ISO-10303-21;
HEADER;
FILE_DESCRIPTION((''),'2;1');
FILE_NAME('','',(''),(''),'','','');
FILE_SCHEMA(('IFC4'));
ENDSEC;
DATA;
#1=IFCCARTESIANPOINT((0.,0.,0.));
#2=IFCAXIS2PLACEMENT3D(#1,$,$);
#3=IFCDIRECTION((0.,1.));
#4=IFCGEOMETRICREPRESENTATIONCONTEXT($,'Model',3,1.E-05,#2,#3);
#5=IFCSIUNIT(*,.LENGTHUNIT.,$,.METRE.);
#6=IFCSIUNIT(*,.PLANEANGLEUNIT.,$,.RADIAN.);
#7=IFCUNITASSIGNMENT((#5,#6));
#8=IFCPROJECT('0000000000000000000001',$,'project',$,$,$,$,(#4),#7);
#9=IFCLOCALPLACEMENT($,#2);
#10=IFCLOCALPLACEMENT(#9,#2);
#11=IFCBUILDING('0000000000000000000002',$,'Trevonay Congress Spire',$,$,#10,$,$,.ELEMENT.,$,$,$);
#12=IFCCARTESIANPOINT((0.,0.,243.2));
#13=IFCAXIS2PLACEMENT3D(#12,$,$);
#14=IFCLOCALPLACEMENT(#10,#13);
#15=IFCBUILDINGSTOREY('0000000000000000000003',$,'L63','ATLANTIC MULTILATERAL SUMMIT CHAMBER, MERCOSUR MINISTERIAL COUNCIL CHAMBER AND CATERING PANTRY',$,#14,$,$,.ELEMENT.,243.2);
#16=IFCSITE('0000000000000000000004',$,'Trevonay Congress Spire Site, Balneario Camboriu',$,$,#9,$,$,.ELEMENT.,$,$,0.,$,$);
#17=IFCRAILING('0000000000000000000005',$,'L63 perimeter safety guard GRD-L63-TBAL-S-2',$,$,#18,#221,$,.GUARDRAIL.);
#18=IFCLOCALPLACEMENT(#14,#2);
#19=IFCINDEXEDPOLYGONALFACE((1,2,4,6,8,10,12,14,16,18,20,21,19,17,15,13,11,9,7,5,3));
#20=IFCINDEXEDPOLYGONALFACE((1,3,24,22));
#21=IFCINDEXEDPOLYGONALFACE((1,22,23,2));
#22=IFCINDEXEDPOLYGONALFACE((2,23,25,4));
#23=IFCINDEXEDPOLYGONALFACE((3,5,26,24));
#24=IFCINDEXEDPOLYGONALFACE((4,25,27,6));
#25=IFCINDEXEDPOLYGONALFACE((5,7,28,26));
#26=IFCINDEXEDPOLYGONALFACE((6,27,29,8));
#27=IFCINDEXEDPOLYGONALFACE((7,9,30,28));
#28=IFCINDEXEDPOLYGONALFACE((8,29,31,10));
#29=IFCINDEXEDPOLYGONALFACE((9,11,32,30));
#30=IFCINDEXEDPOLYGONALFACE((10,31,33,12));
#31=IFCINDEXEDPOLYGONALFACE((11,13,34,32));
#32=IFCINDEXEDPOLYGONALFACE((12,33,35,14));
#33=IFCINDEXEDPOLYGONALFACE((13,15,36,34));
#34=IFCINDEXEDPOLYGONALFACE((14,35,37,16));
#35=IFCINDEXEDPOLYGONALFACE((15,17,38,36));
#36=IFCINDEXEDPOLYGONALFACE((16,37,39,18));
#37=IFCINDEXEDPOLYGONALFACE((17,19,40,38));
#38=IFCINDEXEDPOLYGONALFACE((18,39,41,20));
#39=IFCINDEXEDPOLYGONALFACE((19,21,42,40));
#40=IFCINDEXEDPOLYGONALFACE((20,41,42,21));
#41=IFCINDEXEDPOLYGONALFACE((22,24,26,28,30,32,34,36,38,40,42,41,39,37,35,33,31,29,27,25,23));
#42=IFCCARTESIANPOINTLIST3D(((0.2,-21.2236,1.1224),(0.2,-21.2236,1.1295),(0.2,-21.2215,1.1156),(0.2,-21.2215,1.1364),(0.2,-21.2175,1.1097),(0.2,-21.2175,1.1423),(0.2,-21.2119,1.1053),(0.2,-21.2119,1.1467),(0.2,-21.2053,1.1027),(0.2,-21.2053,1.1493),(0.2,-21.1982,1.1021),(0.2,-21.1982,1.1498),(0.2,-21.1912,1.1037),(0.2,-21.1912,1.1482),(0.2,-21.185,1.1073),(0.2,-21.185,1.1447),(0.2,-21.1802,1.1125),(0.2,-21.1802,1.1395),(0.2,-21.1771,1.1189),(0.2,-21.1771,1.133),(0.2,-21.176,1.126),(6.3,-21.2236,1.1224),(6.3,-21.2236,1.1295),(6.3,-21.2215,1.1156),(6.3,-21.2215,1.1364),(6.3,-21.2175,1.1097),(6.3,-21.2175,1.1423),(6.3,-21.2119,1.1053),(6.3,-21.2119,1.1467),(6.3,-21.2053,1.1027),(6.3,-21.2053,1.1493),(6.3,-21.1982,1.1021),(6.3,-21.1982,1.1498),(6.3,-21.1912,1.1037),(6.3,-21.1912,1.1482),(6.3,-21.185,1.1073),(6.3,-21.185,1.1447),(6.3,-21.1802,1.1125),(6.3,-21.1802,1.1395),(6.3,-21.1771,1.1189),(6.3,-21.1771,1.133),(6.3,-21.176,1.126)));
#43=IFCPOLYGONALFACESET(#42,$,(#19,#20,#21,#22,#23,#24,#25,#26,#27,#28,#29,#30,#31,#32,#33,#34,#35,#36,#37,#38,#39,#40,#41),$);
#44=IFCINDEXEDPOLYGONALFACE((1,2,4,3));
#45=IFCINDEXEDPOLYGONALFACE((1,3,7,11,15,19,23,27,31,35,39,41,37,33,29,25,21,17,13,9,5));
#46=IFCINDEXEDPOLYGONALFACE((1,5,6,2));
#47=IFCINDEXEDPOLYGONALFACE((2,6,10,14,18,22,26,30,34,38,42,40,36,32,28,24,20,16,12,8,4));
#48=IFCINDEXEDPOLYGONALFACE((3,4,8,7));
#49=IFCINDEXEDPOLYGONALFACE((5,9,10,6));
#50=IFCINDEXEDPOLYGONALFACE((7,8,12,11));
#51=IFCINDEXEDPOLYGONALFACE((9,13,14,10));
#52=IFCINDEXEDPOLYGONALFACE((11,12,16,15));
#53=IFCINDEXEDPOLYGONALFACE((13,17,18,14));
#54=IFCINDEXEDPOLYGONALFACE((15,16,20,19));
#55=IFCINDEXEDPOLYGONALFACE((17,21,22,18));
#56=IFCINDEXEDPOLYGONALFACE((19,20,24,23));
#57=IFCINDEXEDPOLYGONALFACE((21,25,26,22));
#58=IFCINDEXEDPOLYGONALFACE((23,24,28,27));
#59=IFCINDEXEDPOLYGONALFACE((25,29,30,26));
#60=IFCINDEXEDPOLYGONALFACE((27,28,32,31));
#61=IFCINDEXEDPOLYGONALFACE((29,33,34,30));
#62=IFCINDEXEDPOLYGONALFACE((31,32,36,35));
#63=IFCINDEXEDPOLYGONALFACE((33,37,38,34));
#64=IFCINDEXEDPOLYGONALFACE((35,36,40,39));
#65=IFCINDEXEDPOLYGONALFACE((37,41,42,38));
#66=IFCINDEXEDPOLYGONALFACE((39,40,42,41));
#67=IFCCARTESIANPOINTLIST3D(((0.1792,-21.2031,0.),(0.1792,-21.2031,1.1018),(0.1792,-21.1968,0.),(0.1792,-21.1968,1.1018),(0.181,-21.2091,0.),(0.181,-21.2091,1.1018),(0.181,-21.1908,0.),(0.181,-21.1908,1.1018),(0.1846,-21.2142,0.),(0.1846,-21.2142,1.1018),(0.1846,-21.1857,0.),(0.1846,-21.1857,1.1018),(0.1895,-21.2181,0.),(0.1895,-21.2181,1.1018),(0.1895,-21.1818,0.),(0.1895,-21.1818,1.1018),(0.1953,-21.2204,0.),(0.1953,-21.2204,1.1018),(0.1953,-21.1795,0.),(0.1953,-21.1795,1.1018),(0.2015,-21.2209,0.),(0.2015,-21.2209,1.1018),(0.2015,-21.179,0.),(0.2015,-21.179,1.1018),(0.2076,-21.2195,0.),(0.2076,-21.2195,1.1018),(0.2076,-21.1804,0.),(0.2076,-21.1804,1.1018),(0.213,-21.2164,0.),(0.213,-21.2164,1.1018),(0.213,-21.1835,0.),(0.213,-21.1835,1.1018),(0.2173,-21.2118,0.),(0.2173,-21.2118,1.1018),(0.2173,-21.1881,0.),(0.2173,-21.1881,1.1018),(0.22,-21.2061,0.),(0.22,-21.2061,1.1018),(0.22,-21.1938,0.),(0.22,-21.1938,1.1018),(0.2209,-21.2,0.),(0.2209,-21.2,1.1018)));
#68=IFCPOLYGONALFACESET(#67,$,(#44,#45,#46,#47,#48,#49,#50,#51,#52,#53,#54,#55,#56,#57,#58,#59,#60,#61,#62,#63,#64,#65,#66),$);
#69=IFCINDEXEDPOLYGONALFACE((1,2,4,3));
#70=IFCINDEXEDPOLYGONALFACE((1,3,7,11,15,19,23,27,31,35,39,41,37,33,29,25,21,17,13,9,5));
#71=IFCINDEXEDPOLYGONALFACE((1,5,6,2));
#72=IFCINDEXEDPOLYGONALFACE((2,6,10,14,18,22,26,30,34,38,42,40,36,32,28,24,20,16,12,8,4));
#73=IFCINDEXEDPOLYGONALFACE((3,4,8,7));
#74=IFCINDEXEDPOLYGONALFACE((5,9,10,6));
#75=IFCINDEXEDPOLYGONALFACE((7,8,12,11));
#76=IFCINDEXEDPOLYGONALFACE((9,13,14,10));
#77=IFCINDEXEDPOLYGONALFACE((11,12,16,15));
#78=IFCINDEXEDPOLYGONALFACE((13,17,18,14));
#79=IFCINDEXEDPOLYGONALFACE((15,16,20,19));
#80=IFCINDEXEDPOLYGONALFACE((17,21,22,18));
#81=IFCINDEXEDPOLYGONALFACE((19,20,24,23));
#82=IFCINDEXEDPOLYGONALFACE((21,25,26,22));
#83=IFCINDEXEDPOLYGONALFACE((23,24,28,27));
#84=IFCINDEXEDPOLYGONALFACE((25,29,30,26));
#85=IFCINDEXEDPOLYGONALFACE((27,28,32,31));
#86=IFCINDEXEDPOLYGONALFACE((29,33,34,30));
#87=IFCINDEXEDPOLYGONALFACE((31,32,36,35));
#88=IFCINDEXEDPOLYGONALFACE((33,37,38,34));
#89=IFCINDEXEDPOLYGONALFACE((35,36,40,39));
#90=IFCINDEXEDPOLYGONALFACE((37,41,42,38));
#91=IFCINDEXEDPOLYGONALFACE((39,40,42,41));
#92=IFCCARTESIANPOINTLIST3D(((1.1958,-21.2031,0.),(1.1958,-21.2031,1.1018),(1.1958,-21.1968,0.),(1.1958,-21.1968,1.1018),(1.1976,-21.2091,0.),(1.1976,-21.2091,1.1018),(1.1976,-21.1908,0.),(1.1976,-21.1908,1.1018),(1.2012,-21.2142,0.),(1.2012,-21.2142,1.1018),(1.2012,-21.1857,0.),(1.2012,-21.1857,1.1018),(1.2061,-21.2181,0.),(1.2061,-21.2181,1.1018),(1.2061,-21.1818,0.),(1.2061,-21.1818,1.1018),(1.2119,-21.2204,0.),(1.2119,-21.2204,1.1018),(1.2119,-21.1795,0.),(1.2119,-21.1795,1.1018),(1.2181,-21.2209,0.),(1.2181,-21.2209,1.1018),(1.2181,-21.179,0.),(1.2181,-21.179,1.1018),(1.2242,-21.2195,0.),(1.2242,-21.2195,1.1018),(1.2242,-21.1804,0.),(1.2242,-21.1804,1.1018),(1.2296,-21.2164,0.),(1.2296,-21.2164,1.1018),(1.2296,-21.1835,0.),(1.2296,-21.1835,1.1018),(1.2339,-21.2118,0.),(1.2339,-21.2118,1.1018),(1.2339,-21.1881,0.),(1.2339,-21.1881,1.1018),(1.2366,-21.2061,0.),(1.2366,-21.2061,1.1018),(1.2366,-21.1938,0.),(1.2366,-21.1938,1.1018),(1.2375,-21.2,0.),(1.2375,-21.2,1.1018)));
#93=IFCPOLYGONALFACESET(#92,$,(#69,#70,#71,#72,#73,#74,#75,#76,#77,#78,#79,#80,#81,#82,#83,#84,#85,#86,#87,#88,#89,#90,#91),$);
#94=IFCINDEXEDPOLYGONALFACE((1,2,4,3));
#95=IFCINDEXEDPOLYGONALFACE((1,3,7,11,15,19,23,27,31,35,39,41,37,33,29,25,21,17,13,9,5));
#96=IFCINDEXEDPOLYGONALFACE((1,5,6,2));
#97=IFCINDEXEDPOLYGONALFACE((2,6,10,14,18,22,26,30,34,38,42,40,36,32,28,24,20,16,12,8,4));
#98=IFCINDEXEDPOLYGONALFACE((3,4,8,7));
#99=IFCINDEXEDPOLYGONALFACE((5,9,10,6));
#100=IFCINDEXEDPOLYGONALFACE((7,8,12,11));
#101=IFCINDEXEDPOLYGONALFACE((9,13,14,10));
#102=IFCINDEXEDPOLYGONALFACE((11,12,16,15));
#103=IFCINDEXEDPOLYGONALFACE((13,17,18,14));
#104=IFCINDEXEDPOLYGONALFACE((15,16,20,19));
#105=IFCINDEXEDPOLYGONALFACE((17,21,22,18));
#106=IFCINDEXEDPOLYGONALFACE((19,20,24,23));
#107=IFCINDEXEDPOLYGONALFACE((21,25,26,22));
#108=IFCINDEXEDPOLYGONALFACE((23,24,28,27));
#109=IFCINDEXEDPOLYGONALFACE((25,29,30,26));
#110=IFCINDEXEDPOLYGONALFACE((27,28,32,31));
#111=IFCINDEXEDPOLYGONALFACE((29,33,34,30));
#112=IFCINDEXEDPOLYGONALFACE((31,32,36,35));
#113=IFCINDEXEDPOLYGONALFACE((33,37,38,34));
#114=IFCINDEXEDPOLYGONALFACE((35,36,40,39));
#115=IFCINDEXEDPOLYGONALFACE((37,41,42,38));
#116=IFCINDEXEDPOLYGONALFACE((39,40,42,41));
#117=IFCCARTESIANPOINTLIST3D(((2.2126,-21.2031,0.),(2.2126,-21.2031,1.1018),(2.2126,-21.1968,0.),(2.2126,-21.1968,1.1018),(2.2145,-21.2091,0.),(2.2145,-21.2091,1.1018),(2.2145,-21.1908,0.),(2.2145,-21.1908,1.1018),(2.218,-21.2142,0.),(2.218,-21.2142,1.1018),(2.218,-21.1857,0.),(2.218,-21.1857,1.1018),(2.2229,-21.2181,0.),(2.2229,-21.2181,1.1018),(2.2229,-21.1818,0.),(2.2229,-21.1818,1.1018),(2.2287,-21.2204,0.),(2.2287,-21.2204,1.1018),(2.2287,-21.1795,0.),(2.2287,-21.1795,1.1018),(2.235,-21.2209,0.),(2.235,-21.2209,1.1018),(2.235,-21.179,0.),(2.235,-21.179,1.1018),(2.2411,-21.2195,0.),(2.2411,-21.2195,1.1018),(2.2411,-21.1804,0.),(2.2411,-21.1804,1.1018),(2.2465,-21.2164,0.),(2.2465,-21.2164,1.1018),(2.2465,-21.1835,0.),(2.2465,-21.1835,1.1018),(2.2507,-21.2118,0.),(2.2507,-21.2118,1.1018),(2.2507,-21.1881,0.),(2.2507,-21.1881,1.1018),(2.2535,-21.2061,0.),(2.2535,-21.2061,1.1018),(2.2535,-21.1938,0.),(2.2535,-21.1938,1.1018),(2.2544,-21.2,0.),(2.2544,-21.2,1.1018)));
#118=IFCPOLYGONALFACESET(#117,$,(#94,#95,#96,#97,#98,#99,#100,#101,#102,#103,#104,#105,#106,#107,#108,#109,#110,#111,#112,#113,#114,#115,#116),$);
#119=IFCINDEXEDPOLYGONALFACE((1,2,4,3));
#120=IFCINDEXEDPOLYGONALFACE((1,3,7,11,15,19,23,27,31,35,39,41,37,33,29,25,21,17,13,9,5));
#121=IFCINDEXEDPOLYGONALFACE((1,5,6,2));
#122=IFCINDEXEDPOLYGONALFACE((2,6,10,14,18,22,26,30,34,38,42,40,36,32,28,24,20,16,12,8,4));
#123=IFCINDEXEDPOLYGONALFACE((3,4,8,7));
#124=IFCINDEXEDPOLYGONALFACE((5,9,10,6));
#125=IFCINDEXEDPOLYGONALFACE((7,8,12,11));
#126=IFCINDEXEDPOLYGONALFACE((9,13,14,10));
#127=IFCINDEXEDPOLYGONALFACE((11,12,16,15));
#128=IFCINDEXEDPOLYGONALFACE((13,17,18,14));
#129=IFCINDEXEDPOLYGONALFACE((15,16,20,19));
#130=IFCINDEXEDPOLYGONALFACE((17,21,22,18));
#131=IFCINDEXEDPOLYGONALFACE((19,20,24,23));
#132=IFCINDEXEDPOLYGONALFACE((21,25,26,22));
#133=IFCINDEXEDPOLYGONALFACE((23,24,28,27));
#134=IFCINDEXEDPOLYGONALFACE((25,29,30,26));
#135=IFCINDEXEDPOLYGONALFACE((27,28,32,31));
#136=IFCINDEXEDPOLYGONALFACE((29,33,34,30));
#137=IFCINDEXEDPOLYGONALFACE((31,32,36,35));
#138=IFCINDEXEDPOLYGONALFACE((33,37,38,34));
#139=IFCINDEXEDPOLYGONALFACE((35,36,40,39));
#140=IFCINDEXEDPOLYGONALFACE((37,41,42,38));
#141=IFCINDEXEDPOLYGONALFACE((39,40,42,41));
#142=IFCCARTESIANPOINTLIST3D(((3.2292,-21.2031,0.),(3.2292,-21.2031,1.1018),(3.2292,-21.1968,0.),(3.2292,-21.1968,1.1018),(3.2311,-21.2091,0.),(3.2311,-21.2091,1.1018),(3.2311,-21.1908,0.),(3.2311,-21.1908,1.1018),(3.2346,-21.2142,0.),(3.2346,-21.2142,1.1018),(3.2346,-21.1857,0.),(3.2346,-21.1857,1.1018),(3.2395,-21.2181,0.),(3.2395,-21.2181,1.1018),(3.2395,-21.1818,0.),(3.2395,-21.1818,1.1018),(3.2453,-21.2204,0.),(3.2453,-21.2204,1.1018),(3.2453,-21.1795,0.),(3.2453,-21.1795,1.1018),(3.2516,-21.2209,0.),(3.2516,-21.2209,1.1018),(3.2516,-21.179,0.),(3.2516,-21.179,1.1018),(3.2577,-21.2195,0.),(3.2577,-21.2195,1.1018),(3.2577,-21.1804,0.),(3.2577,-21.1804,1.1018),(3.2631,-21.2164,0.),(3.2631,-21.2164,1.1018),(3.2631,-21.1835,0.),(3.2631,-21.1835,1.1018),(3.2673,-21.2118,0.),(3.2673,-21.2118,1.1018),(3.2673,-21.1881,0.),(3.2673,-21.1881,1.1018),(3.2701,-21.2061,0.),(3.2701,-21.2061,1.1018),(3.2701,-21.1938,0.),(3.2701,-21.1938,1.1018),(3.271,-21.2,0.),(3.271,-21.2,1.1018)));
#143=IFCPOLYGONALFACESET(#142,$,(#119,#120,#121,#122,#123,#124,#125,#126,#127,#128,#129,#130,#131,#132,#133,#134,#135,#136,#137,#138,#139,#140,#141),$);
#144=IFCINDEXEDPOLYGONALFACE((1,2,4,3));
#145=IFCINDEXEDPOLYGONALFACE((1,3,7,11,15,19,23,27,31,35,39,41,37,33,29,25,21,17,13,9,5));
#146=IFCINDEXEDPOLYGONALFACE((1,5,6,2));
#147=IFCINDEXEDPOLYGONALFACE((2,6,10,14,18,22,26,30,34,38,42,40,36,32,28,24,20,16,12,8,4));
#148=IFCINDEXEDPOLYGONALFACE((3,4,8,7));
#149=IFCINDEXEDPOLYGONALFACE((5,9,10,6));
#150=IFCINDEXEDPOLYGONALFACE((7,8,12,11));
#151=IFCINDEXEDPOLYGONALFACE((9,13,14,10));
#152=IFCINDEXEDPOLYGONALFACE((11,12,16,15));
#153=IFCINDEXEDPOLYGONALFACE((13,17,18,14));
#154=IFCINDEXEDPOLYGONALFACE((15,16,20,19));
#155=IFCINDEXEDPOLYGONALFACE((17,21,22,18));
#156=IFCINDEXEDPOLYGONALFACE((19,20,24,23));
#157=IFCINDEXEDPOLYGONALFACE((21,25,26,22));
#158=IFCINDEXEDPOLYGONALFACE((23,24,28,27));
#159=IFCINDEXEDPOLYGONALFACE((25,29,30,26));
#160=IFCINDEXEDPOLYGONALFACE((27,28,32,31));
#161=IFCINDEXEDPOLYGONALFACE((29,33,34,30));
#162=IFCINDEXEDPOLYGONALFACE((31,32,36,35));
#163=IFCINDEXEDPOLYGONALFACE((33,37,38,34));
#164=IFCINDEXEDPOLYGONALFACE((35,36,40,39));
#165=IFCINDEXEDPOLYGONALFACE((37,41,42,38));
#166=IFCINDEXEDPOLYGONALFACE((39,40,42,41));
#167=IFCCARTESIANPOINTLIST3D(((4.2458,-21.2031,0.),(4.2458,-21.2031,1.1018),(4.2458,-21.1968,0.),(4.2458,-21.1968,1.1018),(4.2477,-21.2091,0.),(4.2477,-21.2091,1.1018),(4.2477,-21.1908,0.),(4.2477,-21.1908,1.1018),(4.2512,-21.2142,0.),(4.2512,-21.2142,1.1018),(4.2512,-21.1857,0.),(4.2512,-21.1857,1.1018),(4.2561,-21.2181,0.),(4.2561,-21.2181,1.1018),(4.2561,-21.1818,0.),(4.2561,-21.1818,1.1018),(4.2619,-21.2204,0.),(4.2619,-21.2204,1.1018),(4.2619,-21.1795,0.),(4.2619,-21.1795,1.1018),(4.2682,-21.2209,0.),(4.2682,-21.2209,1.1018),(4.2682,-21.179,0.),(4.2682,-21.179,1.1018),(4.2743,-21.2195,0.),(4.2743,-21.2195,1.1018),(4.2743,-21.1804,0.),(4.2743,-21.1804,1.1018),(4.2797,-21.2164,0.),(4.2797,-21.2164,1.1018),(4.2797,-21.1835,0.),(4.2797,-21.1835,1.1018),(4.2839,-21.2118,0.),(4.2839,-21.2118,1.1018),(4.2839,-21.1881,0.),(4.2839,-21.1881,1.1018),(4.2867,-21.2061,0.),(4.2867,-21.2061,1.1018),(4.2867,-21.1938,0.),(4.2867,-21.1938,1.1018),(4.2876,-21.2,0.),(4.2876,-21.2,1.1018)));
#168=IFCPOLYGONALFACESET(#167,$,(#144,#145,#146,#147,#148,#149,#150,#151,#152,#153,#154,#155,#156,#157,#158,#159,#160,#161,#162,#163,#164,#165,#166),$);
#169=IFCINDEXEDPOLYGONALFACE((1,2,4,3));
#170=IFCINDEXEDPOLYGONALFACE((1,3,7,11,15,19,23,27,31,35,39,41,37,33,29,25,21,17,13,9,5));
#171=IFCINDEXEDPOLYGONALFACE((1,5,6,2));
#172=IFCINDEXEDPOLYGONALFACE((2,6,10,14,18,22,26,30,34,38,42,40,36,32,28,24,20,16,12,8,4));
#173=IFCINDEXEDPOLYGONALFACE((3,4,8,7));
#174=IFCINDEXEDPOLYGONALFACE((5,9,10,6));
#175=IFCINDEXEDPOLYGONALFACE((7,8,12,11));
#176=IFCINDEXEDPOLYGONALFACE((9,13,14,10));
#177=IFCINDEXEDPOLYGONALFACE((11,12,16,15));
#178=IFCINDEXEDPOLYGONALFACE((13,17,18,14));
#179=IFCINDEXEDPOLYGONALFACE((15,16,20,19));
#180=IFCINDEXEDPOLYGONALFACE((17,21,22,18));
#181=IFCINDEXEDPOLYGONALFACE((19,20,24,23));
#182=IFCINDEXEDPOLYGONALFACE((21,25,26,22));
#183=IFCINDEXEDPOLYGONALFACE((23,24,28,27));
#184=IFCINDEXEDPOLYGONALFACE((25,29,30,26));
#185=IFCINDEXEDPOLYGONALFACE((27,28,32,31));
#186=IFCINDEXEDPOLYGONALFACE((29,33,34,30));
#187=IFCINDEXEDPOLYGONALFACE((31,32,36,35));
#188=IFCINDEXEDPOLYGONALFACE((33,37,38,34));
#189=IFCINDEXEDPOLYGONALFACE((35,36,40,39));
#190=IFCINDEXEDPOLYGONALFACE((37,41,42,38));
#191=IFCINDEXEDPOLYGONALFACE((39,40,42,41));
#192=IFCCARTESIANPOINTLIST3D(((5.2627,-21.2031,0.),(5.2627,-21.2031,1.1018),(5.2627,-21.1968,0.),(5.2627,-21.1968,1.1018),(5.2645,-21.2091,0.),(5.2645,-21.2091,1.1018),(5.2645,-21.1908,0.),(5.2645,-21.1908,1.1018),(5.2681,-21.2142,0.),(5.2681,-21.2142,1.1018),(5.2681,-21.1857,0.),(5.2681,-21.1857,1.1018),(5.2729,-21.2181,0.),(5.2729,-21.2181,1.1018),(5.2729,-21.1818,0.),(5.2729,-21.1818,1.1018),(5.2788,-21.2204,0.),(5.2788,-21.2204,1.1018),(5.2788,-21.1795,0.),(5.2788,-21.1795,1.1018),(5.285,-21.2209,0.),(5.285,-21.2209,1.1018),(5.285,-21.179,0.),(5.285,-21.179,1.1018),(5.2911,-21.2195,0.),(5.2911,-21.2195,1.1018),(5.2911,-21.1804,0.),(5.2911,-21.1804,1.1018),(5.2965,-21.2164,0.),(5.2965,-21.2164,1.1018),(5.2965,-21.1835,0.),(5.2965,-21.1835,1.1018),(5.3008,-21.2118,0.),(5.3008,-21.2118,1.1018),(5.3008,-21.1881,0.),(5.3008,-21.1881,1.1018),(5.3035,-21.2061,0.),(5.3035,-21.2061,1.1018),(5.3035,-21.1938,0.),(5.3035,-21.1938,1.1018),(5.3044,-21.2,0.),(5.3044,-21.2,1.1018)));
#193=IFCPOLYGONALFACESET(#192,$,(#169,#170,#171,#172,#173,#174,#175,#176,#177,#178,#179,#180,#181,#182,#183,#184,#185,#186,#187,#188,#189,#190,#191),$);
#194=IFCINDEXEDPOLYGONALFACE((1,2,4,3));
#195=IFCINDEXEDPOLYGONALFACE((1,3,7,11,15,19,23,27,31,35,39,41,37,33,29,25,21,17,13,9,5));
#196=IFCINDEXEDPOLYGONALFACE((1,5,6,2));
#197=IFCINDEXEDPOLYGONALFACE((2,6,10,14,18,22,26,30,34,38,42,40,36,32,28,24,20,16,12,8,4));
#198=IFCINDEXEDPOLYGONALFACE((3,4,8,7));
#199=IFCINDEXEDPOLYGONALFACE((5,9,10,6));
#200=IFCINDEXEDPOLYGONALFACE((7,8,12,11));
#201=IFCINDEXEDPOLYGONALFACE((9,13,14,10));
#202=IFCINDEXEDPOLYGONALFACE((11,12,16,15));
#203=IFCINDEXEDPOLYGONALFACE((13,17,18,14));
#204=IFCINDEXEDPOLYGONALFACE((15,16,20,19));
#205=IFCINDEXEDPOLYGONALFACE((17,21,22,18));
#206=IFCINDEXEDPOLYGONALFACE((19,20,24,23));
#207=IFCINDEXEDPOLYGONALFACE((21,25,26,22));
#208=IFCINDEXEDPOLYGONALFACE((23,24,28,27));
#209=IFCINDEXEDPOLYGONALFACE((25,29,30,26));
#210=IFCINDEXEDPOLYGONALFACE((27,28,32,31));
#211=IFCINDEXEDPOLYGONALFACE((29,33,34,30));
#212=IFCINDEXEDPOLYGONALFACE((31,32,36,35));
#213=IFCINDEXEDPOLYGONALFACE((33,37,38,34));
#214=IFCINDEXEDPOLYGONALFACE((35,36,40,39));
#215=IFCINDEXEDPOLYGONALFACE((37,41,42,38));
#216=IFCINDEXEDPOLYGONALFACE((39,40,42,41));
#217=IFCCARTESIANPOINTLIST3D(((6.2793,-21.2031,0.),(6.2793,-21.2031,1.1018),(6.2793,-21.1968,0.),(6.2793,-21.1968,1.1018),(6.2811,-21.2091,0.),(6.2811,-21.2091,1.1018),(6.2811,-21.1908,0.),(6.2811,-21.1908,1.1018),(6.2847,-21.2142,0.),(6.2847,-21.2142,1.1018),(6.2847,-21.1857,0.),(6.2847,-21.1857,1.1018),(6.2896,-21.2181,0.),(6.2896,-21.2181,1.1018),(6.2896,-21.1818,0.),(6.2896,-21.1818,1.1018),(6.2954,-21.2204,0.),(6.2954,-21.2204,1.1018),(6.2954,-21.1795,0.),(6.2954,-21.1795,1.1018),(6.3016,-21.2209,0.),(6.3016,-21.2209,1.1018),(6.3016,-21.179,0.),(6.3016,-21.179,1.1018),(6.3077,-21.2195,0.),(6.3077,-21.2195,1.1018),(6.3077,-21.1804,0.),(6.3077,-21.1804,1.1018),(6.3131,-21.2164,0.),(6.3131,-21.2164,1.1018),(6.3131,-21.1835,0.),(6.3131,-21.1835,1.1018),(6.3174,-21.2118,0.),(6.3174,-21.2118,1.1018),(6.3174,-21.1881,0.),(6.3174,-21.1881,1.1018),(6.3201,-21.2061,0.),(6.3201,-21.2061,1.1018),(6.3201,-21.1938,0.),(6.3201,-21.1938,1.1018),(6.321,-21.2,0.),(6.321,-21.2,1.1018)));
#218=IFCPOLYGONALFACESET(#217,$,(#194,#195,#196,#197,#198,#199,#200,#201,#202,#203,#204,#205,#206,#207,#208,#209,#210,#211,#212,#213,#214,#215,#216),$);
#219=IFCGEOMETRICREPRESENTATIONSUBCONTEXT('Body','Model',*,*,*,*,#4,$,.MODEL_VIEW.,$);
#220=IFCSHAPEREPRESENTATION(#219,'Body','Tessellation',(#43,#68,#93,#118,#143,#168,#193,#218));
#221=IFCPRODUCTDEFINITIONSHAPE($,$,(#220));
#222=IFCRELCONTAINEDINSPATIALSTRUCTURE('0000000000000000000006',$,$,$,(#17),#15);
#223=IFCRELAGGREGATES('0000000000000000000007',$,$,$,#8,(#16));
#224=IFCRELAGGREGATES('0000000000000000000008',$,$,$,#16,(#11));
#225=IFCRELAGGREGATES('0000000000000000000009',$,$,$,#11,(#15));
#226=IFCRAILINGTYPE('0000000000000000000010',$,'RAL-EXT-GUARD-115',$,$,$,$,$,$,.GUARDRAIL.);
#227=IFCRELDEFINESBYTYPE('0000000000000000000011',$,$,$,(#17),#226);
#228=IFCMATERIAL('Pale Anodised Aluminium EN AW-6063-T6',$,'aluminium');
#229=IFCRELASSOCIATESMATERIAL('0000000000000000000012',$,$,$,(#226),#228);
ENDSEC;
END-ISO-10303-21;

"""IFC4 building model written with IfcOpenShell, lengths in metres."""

from ifc_helpers import new_model, si_unit, direction, frame, origin, origin_2d, place, context, subcontext, project, spatial, circle, extrude, material, type_object, element, save


model = new_model("IFC4")

# Units and contexts
model_context = context("Model", 3, precision=1e-05, world=origin(), true_north=direction((0.0, 1.0)))
body_context = subcontext(model_context, "Body", "Model", "MODEL_VIEW")
ifc_project = project(units=[si_unit("LENGTHUNIT", "METRE"), si_unit("PLANEANGLEUNIT", "RADIAN")], contexts=[model_context])

# Site, building, storey
site_placement = place(None, origin())
site = spatial("IfcSite", under=ifc_project, at=site_placement, Name="Trevonay Congress Spire Site, Balneario Camboriu", CompositionType="ELEMENT", RefElevation=0.0)
building_placement = place(site_placement, origin())
building = spatial("IfcBuilding", under=site, at=building_placement, Name="Trevonay Congress Spire", CompositionType="ELEMENT")
storey_placement = place(building_placement, frame((0.0, 0.0, 243.2)))
storey = spatial("IfcBuildingStorey", under=building, at=storey_placement, Name="L63", Description="ATLANTIC MULTILATERAL SUMMIT CHAMBER, MERCOSUR MINISTERIAL COUNCIL CHAMBER AND CATERING PANTRY", CompositionType="ELEMENT", Elevation=243.2)

# Shared definitions
ifc_material_1 = material(Name="Pale Anodised Aluminium EN AW-6063-T6", Category="aluminium")

# Railing
railing_type = type_object("IfcRailingType", Name="RAL-EXT-GUARD-115", PredefinedType="GUARDRAIL", material=ifc_material_1)
railing_1_placement = place(storey_placement, frame((0.2, -21.2, 0.0)))
element("IfcRailing", 1, at=railing_1_placement, inside=storey, type_object=railing_type, Name="L63 perimeter safety guard GRD-L63-TBAL-S-2", PredefinedType="GUARDRAIL", context=body_context, shape_type="SweptSolid", body=[
    extrude(circle(Radius=0.0239, at=origin_2d()), frame((0.0, 0.0, 1.126), z_axis=(1.0, 0.0, 0.0), x_axis=(0.0, 1.0, 0.0)), (0.0, 0.0, 1.0), 6.1001),
    extrude(circle(Radius=0.021, at=origin_2d()), origin(), (0.0, 0.0, 1.0), 1.1018),
    extrude(circle(Radius=0.021, at=origin_2d()), frame((1.0166, 0.0, 0.0)), (0.0, 0.0, 1.0), 1.1018),
    extrude(circle(Radius=0.021, at=origin_2d()), frame((2.0334, 0.0, 0.0)), (0.0, 0.0, 1.0), 1.1018),
    extrude(circle(Radius=0.021, at=origin_2d()), frame((3.05, 0.0, 0.0)), (0.0, 0.0, 1.0), 1.1018),
    extrude(circle(Radius=0.021, at=origin_2d()), frame((4.0667, 0.0, 0.0)), (0.0, 0.0, 1.0), 1.1018),
    extrude(circle(Radius=0.021, at=origin_2d()), frame((5.0835, 0.0, 0.0)), (0.0, 0.0, 1.0), 1.1018),
    extrude(circle(Radius=0.021, at=origin_2d()), frame((6.1001, 0.0, 0.0)), (0.0, 0.0, 1.0), 1.1018),
])

save(model, "model.ifc")
